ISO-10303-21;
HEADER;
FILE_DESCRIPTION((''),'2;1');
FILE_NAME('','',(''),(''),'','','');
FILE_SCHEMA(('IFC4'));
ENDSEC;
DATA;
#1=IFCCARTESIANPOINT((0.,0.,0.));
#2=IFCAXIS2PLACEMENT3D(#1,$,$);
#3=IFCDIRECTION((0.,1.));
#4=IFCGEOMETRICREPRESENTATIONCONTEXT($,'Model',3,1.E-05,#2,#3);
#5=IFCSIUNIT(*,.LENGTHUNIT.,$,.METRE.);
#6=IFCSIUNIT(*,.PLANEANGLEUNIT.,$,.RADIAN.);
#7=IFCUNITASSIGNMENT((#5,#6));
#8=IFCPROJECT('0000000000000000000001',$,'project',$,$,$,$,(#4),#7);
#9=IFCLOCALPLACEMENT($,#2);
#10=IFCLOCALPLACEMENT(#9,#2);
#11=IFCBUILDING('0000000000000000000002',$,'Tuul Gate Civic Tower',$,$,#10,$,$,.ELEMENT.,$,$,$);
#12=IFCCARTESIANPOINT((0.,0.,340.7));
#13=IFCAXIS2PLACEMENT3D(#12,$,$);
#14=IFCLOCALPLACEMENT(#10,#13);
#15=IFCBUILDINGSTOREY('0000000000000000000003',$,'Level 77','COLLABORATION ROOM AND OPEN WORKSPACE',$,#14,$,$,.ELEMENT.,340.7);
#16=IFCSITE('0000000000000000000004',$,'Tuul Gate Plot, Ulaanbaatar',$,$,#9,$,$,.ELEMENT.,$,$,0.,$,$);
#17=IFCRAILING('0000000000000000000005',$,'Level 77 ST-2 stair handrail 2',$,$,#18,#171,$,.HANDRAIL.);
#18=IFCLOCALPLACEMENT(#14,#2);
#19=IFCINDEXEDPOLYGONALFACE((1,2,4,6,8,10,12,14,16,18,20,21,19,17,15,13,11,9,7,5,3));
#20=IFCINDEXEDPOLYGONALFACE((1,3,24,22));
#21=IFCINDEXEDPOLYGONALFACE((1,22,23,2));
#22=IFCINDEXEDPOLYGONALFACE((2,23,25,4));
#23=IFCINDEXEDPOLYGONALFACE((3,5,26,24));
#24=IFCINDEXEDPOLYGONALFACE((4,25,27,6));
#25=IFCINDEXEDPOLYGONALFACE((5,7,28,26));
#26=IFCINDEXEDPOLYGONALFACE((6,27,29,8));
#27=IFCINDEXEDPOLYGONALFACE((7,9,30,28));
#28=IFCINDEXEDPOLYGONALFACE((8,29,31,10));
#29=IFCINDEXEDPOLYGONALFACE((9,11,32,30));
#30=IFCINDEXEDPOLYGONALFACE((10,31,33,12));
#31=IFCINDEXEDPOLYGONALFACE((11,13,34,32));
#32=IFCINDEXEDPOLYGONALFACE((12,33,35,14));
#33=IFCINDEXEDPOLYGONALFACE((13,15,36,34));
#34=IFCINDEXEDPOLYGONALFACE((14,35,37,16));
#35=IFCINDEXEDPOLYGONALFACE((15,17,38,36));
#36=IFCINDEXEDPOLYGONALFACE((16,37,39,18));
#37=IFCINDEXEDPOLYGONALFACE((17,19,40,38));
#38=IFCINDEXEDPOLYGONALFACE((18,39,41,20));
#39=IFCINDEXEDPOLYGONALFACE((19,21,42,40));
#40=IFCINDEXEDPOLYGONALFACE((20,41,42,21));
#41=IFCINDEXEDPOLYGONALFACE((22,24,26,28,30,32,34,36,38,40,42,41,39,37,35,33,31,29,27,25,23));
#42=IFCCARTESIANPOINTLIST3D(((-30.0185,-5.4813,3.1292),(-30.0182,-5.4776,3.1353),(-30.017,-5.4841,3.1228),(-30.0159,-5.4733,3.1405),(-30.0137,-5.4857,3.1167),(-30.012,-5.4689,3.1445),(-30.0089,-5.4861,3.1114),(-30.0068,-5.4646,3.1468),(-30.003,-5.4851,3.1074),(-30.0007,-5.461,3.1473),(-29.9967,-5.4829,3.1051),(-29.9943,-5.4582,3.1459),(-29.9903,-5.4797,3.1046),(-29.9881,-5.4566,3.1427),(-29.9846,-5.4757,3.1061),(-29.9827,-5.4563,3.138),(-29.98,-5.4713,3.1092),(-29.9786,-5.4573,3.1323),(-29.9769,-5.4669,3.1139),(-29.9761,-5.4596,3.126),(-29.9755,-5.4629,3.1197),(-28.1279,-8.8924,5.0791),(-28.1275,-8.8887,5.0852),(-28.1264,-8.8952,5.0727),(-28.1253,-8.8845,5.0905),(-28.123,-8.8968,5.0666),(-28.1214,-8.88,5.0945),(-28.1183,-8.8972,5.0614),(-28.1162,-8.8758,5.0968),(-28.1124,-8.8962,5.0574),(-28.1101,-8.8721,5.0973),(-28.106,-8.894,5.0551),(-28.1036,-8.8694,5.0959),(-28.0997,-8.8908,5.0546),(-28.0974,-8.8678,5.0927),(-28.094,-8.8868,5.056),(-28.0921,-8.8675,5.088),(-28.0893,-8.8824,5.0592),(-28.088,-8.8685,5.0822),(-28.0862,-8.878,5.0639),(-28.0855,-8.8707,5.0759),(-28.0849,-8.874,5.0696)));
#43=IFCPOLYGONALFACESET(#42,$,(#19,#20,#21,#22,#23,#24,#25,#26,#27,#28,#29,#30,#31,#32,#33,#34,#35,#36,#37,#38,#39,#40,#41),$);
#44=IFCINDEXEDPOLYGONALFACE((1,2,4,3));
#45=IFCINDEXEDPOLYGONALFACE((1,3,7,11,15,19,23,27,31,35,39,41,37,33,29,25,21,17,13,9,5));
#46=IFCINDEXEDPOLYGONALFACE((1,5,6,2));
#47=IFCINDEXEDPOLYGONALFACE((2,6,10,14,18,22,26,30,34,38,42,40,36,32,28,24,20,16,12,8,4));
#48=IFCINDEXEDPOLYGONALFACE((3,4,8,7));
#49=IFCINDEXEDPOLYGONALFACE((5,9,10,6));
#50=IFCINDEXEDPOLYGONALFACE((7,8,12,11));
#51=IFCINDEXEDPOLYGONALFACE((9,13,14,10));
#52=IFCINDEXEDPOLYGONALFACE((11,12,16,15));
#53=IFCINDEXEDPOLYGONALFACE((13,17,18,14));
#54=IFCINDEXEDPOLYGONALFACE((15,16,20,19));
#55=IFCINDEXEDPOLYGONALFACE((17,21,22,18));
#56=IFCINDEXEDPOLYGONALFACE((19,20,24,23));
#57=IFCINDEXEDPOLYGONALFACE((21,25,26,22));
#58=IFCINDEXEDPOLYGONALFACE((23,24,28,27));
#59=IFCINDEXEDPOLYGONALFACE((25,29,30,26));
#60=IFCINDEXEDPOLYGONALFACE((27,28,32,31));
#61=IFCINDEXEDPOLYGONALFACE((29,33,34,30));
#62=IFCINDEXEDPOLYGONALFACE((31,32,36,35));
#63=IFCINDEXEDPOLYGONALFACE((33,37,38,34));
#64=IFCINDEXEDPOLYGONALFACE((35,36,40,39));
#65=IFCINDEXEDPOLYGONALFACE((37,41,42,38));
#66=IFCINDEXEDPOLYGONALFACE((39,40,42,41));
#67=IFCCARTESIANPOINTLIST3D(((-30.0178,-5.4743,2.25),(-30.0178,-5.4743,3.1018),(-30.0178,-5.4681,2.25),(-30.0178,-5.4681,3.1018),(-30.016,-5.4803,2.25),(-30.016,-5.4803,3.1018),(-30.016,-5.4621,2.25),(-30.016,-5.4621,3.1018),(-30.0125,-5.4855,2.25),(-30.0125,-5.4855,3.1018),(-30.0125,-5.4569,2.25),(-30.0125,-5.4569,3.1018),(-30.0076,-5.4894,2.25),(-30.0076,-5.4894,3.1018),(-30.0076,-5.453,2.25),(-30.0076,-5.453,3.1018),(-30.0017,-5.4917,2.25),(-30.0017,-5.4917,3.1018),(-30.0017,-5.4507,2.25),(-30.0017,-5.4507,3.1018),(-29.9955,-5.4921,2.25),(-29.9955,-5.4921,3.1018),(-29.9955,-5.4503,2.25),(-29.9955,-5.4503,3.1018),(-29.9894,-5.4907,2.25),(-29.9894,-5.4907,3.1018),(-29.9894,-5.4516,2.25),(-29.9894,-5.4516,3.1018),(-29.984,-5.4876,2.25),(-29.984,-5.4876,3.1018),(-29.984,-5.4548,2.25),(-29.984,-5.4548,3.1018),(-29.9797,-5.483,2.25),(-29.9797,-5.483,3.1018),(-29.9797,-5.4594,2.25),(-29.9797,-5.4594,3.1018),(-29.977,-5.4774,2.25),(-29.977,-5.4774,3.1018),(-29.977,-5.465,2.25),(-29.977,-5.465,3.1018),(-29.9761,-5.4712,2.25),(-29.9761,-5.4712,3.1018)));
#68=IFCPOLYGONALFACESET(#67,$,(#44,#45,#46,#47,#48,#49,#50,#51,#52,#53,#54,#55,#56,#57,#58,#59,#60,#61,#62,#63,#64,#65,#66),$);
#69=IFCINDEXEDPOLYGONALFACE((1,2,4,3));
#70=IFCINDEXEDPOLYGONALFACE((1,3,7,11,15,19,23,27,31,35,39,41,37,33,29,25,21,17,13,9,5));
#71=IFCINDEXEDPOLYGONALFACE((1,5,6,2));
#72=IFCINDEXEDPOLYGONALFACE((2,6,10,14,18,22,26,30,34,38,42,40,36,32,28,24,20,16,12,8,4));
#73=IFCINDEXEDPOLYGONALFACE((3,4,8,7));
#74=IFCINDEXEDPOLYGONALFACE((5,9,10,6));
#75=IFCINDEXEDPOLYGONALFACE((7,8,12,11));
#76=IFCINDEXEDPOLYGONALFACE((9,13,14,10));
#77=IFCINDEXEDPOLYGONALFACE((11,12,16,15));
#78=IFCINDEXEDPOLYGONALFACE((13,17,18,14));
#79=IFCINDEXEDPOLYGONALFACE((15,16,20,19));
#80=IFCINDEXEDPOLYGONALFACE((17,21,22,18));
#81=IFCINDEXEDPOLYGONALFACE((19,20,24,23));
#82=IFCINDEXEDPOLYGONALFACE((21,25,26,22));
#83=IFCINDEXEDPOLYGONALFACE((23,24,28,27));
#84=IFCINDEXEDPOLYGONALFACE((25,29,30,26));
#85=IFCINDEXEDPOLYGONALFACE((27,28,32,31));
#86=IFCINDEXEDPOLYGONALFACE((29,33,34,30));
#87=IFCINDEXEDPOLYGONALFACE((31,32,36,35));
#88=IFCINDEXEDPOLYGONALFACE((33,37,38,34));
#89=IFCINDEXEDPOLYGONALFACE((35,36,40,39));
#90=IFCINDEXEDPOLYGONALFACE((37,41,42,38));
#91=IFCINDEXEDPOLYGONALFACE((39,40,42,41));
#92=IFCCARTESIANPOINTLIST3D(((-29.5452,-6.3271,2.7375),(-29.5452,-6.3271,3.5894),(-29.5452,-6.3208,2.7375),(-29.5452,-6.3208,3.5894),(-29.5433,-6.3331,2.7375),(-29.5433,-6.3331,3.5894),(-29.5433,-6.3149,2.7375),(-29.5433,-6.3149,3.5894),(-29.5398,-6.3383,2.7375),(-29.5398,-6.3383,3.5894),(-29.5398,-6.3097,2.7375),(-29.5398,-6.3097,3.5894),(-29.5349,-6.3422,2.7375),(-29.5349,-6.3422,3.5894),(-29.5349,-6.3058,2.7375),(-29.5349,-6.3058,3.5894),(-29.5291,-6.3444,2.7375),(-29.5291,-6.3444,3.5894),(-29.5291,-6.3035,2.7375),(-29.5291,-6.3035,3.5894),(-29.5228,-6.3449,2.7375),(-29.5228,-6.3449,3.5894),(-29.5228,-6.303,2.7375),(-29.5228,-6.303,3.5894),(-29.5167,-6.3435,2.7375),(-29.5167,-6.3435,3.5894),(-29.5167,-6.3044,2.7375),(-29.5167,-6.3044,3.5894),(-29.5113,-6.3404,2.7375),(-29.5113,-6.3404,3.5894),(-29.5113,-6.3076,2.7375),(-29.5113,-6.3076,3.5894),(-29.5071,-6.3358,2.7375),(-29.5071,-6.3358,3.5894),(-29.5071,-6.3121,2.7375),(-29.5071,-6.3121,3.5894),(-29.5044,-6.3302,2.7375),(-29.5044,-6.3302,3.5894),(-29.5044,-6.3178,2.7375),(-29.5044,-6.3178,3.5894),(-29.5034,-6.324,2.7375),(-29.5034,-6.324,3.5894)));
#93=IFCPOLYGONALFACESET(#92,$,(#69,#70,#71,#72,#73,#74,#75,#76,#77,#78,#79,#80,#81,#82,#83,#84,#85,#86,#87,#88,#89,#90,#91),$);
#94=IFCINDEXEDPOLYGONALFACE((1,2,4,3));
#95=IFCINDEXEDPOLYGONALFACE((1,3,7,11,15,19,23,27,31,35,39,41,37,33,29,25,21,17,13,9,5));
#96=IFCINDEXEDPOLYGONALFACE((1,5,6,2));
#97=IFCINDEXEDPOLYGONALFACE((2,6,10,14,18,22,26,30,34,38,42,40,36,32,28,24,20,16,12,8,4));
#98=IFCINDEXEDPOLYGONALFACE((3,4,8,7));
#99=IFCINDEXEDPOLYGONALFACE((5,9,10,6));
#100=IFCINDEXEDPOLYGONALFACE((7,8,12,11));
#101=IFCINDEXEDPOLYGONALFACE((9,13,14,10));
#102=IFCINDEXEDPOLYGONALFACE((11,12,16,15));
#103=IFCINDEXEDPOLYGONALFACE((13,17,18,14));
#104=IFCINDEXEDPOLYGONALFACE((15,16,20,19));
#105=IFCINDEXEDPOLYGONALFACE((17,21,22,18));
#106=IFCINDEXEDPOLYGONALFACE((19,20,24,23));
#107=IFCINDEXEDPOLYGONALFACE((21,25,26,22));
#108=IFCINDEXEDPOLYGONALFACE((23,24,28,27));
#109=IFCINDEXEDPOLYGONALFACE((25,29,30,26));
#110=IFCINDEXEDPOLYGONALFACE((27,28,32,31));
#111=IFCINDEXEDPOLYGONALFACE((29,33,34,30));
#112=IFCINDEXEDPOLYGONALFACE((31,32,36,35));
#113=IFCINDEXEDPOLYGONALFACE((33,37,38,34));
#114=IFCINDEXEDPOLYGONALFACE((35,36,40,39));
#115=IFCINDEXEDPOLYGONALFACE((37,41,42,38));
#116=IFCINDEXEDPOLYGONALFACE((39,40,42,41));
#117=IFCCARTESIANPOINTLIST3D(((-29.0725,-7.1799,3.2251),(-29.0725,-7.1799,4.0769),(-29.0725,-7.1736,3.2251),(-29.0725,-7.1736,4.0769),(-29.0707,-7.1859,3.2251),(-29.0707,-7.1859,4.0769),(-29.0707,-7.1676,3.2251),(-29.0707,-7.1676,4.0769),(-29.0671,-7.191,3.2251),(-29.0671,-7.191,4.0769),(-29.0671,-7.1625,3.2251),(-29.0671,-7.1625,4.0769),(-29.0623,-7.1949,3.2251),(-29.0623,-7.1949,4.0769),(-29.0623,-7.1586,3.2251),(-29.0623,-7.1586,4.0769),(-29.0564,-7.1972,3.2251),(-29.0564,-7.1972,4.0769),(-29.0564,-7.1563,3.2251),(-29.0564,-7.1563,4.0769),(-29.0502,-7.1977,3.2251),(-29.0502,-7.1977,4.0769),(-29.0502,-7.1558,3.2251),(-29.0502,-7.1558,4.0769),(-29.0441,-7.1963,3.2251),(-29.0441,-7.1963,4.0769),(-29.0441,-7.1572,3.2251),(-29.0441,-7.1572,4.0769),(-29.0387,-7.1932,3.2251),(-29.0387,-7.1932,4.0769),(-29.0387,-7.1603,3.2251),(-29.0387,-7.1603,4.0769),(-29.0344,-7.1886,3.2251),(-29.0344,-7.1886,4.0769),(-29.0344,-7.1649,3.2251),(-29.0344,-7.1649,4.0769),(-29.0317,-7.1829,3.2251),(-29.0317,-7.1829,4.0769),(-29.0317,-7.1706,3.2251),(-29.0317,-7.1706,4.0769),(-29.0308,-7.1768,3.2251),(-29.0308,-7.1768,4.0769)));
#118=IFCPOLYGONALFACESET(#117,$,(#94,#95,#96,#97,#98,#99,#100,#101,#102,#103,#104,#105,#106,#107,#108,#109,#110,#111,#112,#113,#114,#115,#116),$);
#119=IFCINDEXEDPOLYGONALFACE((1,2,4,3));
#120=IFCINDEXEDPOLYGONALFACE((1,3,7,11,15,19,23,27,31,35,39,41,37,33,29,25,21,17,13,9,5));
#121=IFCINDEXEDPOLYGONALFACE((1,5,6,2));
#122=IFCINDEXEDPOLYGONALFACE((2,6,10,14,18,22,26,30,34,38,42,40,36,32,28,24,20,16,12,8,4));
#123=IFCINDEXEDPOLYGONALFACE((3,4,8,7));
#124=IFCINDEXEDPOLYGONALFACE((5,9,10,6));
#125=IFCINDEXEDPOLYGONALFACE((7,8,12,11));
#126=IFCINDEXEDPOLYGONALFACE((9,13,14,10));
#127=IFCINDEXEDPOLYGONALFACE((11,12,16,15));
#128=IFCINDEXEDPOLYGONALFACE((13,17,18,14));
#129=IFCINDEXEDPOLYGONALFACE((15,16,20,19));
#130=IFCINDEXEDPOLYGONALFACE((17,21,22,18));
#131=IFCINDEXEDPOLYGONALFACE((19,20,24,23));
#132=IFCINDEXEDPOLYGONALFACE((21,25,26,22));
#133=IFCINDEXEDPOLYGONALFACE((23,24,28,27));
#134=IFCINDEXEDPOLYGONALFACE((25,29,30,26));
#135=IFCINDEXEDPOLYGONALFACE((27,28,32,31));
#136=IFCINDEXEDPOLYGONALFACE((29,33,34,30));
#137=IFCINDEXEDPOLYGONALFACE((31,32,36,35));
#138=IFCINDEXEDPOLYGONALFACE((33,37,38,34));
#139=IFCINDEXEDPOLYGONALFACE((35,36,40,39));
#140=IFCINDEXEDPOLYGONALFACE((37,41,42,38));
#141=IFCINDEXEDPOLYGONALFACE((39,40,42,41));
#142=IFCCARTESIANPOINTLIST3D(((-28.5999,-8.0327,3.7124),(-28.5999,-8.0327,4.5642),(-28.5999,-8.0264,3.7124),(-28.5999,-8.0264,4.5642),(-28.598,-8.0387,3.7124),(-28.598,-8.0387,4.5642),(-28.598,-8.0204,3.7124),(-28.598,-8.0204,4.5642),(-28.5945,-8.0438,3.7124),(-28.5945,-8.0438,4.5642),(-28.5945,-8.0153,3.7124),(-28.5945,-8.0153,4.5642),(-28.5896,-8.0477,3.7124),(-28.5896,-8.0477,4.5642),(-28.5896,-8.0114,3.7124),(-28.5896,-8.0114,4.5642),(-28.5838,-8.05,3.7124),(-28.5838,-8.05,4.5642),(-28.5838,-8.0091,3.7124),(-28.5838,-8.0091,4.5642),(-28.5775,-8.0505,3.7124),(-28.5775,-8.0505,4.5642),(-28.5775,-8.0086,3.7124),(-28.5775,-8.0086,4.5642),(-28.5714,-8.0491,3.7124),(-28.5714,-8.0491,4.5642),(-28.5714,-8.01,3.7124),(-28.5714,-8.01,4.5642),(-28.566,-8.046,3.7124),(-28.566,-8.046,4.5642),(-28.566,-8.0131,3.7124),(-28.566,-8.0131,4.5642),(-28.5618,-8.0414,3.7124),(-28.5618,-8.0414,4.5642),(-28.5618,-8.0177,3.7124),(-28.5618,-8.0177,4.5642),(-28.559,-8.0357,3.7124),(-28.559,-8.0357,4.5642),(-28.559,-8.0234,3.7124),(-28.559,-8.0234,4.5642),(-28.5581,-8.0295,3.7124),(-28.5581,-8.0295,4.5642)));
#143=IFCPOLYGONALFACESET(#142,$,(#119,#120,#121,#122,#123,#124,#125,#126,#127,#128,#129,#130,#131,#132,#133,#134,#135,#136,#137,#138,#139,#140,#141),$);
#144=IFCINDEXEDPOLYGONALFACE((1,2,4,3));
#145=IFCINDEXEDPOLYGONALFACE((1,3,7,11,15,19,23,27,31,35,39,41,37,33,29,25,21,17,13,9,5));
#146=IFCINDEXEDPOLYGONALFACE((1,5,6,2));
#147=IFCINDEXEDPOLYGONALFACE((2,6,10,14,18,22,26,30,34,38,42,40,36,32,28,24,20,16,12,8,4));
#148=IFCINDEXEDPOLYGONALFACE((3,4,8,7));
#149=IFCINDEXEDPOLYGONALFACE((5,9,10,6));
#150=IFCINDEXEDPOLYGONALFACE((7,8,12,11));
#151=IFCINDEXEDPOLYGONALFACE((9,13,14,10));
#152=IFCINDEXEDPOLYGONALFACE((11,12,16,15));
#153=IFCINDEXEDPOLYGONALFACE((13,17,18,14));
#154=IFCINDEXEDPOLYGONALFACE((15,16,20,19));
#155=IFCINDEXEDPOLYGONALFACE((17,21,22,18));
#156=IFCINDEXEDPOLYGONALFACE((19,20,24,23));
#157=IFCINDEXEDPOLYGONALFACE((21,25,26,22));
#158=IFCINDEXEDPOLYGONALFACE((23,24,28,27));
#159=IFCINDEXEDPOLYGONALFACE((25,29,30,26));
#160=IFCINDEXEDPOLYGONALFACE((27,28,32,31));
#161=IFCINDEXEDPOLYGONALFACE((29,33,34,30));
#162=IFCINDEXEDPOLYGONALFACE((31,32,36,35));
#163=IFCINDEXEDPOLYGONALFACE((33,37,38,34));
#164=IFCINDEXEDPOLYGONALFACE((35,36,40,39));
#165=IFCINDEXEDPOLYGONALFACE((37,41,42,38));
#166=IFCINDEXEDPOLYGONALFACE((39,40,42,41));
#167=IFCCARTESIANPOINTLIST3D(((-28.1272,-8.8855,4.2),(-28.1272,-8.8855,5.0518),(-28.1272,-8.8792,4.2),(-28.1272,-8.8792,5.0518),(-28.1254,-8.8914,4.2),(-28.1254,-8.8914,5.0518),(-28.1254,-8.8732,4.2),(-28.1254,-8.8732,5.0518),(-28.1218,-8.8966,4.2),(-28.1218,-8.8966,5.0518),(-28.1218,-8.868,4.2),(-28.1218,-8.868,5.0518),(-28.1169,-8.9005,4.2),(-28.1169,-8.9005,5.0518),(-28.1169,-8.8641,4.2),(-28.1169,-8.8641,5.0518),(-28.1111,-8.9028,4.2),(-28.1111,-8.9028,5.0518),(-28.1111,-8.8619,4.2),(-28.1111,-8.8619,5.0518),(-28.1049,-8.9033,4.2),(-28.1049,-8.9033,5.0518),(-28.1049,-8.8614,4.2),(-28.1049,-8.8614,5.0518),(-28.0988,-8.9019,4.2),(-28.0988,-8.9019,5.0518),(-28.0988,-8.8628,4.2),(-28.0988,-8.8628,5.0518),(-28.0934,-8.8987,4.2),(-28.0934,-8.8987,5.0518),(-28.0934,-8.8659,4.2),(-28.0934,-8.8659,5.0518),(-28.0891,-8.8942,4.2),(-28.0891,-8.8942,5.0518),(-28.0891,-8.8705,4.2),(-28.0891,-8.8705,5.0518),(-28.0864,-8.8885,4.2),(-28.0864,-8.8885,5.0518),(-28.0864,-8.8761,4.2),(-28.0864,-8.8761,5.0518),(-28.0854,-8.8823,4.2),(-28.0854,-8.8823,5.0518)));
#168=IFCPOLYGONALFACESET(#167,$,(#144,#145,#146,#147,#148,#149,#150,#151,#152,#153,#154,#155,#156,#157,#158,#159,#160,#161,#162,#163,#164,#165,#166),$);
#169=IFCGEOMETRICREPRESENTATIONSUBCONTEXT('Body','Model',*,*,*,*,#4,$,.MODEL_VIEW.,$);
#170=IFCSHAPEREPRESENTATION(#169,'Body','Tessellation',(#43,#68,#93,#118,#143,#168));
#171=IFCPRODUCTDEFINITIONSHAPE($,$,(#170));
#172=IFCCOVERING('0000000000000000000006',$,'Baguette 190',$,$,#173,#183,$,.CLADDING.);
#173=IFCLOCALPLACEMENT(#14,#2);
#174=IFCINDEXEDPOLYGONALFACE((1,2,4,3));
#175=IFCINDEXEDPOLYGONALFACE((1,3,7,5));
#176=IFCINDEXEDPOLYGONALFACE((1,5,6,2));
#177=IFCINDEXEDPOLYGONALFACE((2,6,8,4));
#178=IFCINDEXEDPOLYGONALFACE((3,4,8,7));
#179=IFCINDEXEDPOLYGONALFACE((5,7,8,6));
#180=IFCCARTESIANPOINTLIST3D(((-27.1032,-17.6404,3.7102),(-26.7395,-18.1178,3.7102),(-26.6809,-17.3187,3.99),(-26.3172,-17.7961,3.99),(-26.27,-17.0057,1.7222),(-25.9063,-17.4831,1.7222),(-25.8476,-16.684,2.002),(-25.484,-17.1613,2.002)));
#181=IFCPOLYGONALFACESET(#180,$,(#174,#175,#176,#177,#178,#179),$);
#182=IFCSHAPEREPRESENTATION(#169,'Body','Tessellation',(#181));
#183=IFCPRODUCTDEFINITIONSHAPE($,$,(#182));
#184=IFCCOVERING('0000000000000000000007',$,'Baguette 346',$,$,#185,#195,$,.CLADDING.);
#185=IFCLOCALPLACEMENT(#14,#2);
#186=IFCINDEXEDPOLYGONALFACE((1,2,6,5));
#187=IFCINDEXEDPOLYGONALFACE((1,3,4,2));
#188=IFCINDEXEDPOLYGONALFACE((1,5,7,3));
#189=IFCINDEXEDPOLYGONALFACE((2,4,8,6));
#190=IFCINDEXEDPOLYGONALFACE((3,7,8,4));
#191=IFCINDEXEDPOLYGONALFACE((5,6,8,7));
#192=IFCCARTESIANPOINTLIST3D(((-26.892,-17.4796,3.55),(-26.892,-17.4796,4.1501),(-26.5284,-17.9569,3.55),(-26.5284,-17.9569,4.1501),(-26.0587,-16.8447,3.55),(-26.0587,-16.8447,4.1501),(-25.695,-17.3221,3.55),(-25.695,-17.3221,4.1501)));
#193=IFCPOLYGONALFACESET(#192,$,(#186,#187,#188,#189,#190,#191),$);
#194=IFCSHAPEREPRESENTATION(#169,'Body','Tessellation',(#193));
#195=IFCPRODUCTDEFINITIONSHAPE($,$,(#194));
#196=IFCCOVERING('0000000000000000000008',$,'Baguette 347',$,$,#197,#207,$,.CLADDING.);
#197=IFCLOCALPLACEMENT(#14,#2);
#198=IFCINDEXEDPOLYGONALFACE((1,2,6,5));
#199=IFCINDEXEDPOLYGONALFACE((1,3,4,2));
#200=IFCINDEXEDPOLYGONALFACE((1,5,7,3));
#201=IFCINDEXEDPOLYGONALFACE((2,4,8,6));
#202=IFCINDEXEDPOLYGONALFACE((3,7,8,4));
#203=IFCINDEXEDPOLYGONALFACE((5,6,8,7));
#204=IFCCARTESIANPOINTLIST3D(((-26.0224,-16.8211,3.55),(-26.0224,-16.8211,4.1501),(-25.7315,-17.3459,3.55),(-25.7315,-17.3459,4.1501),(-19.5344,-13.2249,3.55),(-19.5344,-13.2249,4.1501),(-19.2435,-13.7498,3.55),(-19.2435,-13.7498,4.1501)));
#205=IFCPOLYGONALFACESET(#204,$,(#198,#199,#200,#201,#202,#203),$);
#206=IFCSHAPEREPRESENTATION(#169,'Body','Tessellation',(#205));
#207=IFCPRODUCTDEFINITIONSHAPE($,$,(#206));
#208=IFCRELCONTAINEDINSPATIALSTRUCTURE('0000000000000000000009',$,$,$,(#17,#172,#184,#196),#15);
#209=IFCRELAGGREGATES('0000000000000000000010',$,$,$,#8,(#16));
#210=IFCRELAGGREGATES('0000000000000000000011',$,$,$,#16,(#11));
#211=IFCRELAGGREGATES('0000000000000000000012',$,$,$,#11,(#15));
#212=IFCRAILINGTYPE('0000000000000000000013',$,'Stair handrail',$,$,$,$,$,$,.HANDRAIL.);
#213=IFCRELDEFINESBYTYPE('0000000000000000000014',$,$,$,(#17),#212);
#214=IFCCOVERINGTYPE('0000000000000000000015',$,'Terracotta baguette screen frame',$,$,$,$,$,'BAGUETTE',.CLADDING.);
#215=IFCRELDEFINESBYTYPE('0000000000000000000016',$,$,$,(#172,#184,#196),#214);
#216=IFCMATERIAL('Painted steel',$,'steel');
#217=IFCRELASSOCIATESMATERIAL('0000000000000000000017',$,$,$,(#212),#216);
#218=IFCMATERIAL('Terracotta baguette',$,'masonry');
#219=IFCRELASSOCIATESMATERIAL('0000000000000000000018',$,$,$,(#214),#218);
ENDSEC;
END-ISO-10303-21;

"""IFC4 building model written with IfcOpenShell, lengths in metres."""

from ifc_helpers import new_model, si_unit, direction, frame, origin, origin_2d, place, context, subcontext, project, spatial, rectangle, circle, extrude, material, material_profile, profile_set, type_object, element, save


model = new_model("IFC4")

# Units and contexts
model_context = context("Model", 3, precision=1e-05, world=origin(), true_north=direction((0.0, 1.0)))
body_context = subcontext(model_context, "Body", "Model", "MODEL_VIEW")
ifc_project = project(units=[si_unit("LENGTHUNIT", "METRE"), si_unit("PLANEANGLEUNIT", "RADIAN")], contexts=[model_context])

# Site, building, storey
site_placement = place(None, origin())
site = spatial("IfcSite", under=ifc_project, at=site_placement, Name="Tuul Gate Plot, Ulaanbaatar", CompositionType="ELEMENT", RefElevation=0.0)
building_placement = place(site_placement, origin())
building = spatial("IfcBuilding", under=site, at=building_placement, Name="Tuul Gate Civic Tower", CompositionType="ELEMENT")
storey_placement = place(building_placement, frame((0.0, 0.0, 340.7)))
storey = spatial("IfcBuildingStorey", under=building, at=storey_placement, Name="Level 77", Description="COLLABORATION ROOM AND OPEN WORKSPACE", CompositionType="ELEMENT", Elevation=340.7)

# Railing
ifc_material_1 = material(Name="Painted steel", Category="steel")
railing_type_1 = type_object("IfcRailingType", Name="Stair handrail", PredefinedType="HANDRAIL", material=ifc_material_1)
railing_1_placement = place(storey_placement, frame((-29.9971, -5.4712, 2.25)))
element("IfcRailing", 1, at=railing_1_placement, inside=storey, type_object=railing_type_1, Name="Level 77 ST-2 stair handrail 2", PredefinedType="HANDRAIL", context=body_context, shape_type="SweptSolid", body=[
    extrude(circle(Radius=0.0239, at=origin_2d()), frame((0.0, 0.0, 0.876), z_axis=(0.433595, -0.782308, 0.447201), x_axis=(0.874641, 0.484771, 0.0)), (0.0, 0.0, 1.0), 4.3604),
    extrude(circle(Radius=0.021, at=origin_2d()), origin(), (0.0, 0.0, 1.0), 0.8518),
    extrude(circle(Radius=0.021, at=origin_2d()), frame((0.4727, -0.8528, 0.4875)), (0.0, 0.0, 1.0), 0.8518),
    extrude(circle(Radius=0.021, at=origin_2d()), frame((0.9453, -1.7056, 0.9751)), (0.0, 0.0, 1.0), 0.8518),
    extrude(circle(Radius=0.021, at=origin_2d()), frame((1.418, -2.5583, 1.4624)), (0.0, 0.0, 1.0), 0.8518),
    extrude(circle(Radius=0.021, at=origin_2d()), frame((1.8906, -3.4111, 1.95)), (0.0, 0.0, 1.0), 0.8518),
])

# Coverings
ifc_material_2 = material(Name="Terracotta baguette", Category="masonry")
ifc_material_profile_1 = material_profile(ifc_material_2, rectangle(XDim=0.6001, YDim=0.6001, at=origin_2d()), Name="Terracotta baguette screen frame")
ifc_profile_set_1 = profile_set([ifc_material_profile_1], Name="Terracotta baguette")
covering_type = type_object("IfcCoveringType", Name="Terracotta baguette screen frame", ElementType="BAGUETTE", PredefinedType="CLADDING", material=ifc_profile_set_1)
covering_1_placement = place(storey_placement, frame((-26.7102, -17.7183, 3.8501), z_axis=(0.37081, 0.28248, -0.884706), x_axis=(-0.605987, 0.795475, 0.0)))
element("IfcCovering", 2, at=covering_1_placement, inside=storey, type_object=covering_type, Name="Baguette 190", PredefinedType="CLADDING", context=body_context, shape_type="SweptSolid", body=[
    extrude(rectangle(XDim=0.6001, YDim=0.6001, at=origin_2d()), origin(), (0.0, 0.0, 1.0), 2.2471),
])
covering_2_placement = place(storey_placement, frame((-26.7102, -17.7183, 3.8501), z_axis=(0.795475, 0.605987, 0.0), x_axis=(-0.605987, 0.795475, 0.0)))
element("IfcCovering", 3, at=covering_2_placement, inside=storey, type_object=covering_type, Name="Baguette 346", PredefinedType="CLADDING", context=body_context, shape_type="SweptSolid", body=[
    extrude(rectangle(XDim=0.6001, YDim=0.6001, at=origin_2d()), origin(), (0.0, 0.0, 1.0), 1.0476),
])
covering_3_placement = place(storey_placement, frame((-25.877, -17.0835, 3.8501), z_axis=(0.87463, 0.48479, 0.0), x_axis=(-0.48479, 0.87463, 0.0)))
element("IfcCovering", 4, at=covering_3_placement, inside=storey, type_object=covering_type, Name="Baguette 347", PredefinedType="CLADDING", context=body_context, shape_type="SweptSolid", body=[
    extrude(rectangle(XDim=0.6001, YDim=0.6001, at=origin_2d()), origin(), (0.0, 0.0, 1.0), 7.418),
])

save(model, "model.ifc")
